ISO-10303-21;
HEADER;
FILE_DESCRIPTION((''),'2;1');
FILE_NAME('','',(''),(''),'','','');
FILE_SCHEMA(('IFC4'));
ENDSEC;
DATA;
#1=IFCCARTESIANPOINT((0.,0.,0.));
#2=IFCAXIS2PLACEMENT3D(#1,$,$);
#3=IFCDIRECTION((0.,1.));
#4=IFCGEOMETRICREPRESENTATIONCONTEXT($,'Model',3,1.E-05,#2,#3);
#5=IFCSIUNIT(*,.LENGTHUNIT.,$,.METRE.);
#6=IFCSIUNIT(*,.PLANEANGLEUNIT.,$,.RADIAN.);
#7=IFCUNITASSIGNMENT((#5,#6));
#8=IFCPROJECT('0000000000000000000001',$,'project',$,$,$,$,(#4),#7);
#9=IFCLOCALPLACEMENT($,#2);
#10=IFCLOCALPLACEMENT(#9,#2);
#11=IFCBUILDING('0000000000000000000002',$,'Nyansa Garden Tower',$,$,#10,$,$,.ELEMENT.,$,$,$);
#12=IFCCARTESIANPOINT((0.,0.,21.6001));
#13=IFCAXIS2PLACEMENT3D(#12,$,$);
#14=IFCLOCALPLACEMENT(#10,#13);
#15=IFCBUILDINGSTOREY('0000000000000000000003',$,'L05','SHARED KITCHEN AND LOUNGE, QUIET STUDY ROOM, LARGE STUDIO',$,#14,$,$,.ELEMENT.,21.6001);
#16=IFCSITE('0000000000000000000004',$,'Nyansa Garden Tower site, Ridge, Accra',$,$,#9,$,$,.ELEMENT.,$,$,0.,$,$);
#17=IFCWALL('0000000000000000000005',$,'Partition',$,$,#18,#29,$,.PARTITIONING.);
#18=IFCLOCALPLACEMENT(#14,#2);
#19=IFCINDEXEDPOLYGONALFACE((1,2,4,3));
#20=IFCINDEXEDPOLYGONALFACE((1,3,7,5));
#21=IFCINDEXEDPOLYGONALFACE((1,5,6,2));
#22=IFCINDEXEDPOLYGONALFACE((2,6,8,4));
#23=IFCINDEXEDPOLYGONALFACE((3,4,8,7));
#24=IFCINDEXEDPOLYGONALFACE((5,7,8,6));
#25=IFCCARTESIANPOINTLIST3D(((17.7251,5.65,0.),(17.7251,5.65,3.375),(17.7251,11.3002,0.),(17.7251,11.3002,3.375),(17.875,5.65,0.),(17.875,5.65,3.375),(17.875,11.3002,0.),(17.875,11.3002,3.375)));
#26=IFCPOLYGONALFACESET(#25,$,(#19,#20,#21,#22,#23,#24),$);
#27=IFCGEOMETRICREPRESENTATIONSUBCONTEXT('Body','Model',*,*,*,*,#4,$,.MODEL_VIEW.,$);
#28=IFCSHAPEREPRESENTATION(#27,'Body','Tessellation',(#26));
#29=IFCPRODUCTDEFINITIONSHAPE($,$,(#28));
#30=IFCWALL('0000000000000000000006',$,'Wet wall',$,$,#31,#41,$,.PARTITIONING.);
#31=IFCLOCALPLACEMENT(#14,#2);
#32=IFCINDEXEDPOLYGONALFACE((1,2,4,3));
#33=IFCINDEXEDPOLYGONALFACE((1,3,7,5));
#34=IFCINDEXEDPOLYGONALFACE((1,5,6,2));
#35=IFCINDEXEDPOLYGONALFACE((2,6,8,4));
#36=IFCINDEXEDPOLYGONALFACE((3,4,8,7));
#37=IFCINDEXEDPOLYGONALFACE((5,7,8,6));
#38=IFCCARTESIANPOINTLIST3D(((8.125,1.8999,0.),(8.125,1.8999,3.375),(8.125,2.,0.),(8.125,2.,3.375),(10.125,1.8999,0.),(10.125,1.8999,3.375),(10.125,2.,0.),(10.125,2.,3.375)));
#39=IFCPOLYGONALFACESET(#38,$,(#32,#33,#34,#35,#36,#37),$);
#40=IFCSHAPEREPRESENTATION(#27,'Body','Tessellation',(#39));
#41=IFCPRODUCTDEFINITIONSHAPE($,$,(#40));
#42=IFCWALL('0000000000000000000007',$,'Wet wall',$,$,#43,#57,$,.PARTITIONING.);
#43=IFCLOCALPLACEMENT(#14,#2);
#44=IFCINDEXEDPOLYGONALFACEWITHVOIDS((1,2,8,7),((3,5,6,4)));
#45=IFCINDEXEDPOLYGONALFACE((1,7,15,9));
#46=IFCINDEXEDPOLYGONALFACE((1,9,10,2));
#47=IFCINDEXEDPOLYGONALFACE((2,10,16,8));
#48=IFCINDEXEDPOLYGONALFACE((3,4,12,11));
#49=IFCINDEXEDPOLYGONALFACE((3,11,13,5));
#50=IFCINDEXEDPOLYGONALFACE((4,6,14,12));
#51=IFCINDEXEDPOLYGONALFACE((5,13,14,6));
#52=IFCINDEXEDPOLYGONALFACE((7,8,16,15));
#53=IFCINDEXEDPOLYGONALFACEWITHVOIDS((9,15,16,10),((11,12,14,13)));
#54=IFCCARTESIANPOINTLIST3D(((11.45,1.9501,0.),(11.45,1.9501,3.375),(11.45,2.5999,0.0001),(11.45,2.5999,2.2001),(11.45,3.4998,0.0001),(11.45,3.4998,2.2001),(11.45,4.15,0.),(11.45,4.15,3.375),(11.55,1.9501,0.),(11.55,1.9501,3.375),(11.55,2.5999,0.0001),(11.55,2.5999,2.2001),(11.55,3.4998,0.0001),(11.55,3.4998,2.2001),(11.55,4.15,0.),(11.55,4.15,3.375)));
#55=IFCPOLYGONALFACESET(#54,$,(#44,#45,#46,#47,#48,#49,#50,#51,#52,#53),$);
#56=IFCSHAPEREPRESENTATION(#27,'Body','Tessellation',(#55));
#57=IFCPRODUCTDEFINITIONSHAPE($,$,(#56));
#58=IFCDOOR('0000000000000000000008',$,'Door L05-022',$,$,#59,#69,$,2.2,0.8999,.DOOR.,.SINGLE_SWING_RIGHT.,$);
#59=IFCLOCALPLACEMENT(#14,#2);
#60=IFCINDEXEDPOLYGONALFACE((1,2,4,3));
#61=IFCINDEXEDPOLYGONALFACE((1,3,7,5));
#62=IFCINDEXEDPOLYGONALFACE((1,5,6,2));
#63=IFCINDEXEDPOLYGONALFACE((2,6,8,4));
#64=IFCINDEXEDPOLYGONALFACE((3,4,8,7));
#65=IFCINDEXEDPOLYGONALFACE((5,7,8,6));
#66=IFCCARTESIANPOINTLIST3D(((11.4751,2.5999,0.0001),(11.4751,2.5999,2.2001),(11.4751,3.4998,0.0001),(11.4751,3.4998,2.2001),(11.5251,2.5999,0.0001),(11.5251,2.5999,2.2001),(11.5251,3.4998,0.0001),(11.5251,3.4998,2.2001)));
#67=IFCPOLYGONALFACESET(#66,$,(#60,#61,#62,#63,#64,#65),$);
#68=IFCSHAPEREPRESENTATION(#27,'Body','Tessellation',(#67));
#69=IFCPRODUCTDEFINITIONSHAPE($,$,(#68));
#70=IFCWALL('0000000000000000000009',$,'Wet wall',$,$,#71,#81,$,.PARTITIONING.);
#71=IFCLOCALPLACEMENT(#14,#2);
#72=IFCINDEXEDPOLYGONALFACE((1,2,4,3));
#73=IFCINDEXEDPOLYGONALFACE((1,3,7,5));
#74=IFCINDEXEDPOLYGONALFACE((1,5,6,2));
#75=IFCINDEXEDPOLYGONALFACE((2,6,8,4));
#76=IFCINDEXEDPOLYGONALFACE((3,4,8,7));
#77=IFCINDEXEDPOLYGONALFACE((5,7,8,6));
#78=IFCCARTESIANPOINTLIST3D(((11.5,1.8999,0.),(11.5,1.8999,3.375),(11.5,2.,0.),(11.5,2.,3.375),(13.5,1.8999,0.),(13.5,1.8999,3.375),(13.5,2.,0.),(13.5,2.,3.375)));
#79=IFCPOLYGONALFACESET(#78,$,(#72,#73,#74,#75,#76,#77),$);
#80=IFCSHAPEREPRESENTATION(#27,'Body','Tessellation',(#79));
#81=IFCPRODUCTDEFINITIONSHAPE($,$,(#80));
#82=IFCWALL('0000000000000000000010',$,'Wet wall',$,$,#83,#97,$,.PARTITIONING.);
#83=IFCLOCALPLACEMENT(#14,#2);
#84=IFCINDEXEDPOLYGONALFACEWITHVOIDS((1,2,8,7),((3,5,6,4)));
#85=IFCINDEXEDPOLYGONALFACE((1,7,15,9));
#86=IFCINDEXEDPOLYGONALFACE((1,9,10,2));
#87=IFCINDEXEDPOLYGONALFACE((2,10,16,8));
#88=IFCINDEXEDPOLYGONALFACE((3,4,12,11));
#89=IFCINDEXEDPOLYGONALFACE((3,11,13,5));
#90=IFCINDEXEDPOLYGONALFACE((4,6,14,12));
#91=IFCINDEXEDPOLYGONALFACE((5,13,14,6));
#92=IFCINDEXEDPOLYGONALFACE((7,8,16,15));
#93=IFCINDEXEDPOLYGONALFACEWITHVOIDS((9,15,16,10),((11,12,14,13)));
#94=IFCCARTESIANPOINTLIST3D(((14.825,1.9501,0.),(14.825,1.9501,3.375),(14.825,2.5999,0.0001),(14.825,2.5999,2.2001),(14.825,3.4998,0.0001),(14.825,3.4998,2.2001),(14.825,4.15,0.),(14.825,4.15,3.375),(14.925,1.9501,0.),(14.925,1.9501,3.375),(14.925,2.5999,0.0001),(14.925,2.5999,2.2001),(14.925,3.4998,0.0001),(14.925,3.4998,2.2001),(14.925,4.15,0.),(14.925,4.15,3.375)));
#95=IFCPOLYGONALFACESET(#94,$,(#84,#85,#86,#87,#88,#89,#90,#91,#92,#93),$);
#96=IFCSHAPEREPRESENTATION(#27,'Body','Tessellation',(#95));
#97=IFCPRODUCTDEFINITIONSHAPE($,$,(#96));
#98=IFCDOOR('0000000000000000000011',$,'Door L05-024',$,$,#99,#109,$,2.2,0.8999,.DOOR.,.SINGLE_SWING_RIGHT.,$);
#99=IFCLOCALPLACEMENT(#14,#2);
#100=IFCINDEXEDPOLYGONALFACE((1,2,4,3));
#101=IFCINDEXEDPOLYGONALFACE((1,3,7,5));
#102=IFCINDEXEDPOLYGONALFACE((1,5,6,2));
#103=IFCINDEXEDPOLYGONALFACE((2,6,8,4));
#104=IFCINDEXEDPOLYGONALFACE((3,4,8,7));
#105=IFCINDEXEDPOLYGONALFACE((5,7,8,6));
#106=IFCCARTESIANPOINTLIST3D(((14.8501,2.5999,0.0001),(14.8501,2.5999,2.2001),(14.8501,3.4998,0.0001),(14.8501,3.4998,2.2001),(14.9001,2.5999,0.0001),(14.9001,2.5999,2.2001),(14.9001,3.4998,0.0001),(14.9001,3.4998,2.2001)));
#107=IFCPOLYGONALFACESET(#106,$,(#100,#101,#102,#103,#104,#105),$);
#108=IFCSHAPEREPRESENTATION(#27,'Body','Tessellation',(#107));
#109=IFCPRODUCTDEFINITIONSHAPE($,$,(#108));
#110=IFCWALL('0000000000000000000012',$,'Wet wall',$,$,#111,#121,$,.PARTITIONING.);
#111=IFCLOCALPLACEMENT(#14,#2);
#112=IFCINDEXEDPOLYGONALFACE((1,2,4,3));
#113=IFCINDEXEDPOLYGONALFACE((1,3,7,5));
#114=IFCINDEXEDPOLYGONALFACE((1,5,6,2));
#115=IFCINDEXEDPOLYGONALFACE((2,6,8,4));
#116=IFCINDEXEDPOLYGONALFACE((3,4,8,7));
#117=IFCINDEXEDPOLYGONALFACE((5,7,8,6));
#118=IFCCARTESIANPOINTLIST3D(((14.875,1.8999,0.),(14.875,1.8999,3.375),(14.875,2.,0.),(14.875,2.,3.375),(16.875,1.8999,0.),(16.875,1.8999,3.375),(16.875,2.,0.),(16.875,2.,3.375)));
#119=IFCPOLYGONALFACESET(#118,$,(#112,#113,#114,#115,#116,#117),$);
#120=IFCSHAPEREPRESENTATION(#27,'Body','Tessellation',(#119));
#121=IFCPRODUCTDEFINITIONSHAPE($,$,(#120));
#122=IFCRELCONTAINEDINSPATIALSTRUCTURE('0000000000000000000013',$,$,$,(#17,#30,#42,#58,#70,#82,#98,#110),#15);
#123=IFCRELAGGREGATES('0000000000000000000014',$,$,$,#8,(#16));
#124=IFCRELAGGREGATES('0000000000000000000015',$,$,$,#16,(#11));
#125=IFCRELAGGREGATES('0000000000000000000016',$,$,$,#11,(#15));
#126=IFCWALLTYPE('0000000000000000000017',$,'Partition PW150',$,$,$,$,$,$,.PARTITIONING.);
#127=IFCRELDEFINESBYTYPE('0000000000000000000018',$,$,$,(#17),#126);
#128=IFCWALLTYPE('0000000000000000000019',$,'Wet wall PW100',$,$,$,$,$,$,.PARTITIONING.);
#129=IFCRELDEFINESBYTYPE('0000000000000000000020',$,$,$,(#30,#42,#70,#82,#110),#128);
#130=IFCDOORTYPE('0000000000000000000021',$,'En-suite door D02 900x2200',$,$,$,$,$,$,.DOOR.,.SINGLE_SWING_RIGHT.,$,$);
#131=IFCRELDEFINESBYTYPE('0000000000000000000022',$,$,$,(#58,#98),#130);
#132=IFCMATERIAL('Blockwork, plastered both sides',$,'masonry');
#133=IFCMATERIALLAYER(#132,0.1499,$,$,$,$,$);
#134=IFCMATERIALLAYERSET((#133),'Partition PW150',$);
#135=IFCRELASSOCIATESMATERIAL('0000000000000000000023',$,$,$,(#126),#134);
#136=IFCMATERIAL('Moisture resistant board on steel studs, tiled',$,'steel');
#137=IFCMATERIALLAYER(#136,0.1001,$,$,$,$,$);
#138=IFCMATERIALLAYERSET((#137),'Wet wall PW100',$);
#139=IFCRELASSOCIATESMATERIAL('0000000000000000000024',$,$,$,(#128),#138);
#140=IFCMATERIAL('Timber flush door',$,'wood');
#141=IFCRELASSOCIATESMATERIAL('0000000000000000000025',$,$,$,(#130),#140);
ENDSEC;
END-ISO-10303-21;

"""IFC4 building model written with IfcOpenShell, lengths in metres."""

from ifc_helpers import new_model, si_unit, direction, frame, frame_2d, origin, place, context, subcontext, project, spatial, rectangle, extrude, material, layer, layer_set, type_object, element, fill, save


model = new_model("IFC4")

# Units and contexts
model_context = context("Model", 3, precision=1e-05, world=origin(), true_north=direction((0.0, 1.0)))
body_context = subcontext(model_context, "Body", "Model", "MODEL_VIEW")
ifc_project = project(units=[si_unit("LENGTHUNIT", "METRE"), si_unit("PLANEANGLEUNIT", "RADIAN")], contexts=[model_context])

# Site, building, storey
site_placement = place(None, origin())
site = spatial("IfcSite", under=ifc_project, at=site_placement, Name="Nyansa Garden Tower site, Ridge, Accra", CompositionType="ELEMENT", RefElevation=0.0)
building_placement = place(site_placement, origin())
building = spatial("IfcBuilding", under=site, at=building_placement, Name="Nyansa Garden Tower", CompositionType="ELEMENT")
storey_placement = place(building_placement, frame((0.0, 0.0, 21.6001)))
storey = spatial("IfcBuildingStorey", under=building, at=storey_placement, Name="L05", Description="SHARED KITCHEN AND LOUNGE, QUIET STUDY ROOM, LARGE STUDIO", CompositionType="ELEMENT", Elevation=21.6001)

# Walls
ifc_material_1 = material(Name="Blockwork, plastered both sides", Category="masonry")
ifc_layer_1 = layer(ifc_material_1, 0.1499)
ifc_layer_set_1 = layer_set([ifc_layer_1], Name="Partition PW150")
wall_type_1 = type_object("IfcWallType", Name="Partition PW150", PredefinedType="PARTITIONING", material=ifc_layer_set_1)
wall_1_placement = place(storey_placement, frame((17.8, 5.6499, 0.0), z_axis=(0.0, 0.0, 1.0), x_axis=(0.0, 1.0, 0.0)))
element("IfcWall", 1, at=wall_1_placement, inside=storey, type_object=wall_type_1, Name="Partition", PredefinedType="PARTITIONING", context=body_context, shape_type="SweptSolid", body=[
    extrude(rectangle(XDim=5.6501, YDim=0.1499, at=frame_2d((2.8252, 0.0))), origin(), (0.0, 0.0, 1.0), 3.375),
])
ifc_material_2 = material(Name="Moisture resistant board on steel studs, tiled", Category="steel")
ifc_layer_2 = layer(ifc_material_2, 0.1001)
ifc_layer_set_2 = layer_set([ifc_layer_2], Name="Wet wall PW100")
wall_type_2 = type_object("IfcWallType", Name="Wet wall PW100", PredefinedType="PARTITIONING", material=ifc_layer_set_2)
wall_2_placement = place(storey_placement, frame((8.125, 1.95, 0.0), z_axis=(0.0, 0.0, 1.0), x_axis=(1.0, 0.0, 0.0)))
element("IfcWall", 2, at=wall_2_placement, inside=storey, type_object=wall_type_2, Name="Wet wall", PredefinedType="PARTITIONING", context=body_context, shape_type="SweptSolid", body=[
    extrude(rectangle(XDim=2.0, YDim=0.1001, at=frame_2d((1.0, 0.0))), origin(), (0.0, 0.0, 1.0), 3.375),
])

# Wall, opening, door
wall_3_placement = place(storey_placement, frame((11.5, 1.95, 0.0), z_axis=(0.0, 0.0, 1.0), x_axis=(0.0, 1.0, 0.0)))
wall_3 = element("IfcWall", 3, at=wall_3_placement, inside=storey, type_object=wall_type_2, Name="Wet wall", PredefinedType="PARTITIONING", context=body_context, shape_type="SweptSolid", body=[
    extrude(rectangle(XDim=2.2, YDim=0.1001, at=frame_2d((1.1001, 0.0))), origin(), (0.0, 0.0, 1.0), 3.375),
])
opening_1_placement = place(wall_3_placement, frame((0.6499, 0.0, 0.0)))
opening_1 = element("IfcOpeningElement", 4, at=opening_1_placement, cuts=wall_3, PredefinedType="OPENING", context=body_context, shape_type="SweptSolid", body=[
    extrude(rectangle(XDim=0.8999, YDim=2.2, at=frame_2d((0.45, 1.1001))), frame((0.0, 0.0601, 0.0), z_axis=(0.0, -1.0, 0.0), x_axis=(1.0, 0.0, 0.0)), (0.0, 0.0, 1.0), 0.1201),
])
ifc_material_3 = material(Name="Timber flush door", Category="wood")
door_type = type_object("IfcDoorType", Name="En-suite door D02 900x2200", OperationType="SINGLE_SWING_RIGHT", PredefinedType="DOOR", material=ifc_material_3)
door_1_placement = place(opening_1_placement, origin())
door_1 = element("IfcDoor", 5, at=door_1_placement, inside=storey, type_object=door_type, Name="Door L05-022", OperationType="SINGLE_SWING_RIGHT", OverallHeight=2.2, OverallWidth=0.8999, PredefinedType="DOOR", context=body_context, shape_type="SweptSolid", body=[
    extrude(rectangle(XDim=0.8999, YDim=2.2, at=frame_2d((0.45, 1.1001))), frame((0.0, 0.0249, 0.0), z_axis=(0.0, -1.0, 0.0), x_axis=(1.0, 0.0, 0.0)), (0.0, 0.0, 1.0), 0.05),
])
fill(opening_1, door_1)

# Wall
wall_4_placement = place(storey_placement, frame((11.5, 1.95, 0.0), z_axis=(0.0, 0.0, 1.0), x_axis=(1.0, 0.0, 0.0)))
element("IfcWall", 6, at=wall_4_placement, inside=storey, type_object=wall_type_2, Name="Wet wall", PredefinedType="PARTITIONING", context=body_context, shape_type="SweptSolid", body=[
    extrude(rectangle(XDim=2.0, YDim=0.1001, at=frame_2d((1.0, 0.0))), origin(), (0.0, 0.0, 1.0), 3.375),
])

# Wall, opening, door
wall_5_placement = place(storey_placement, frame((14.875, 1.95, 0.0), z_axis=(0.0, 0.0, 1.0), x_axis=(0.0, 1.0, 0.0)))
wall_5 = element("IfcWall", 7, at=wall_5_placement, inside=storey, type_object=wall_type_2, Name="Wet wall", PredefinedType="PARTITIONING", context=body_context, shape_type="SweptSolid", body=[
    extrude(rectangle(XDim=2.2, YDim=0.1001, at=frame_2d((1.1001, 0.0))), origin(), (0.0, 0.0, 1.0), 3.375),
])
opening_2_placement = place(wall_5_placement, frame((0.6499, 0.0, 0.0)))
opening_2 = element("IfcOpeningElement", 8, at=opening_2_placement, cuts=wall_5, PredefinedType="OPENING", context=body_context, shape_type="SweptSolid", body=[
    extrude(rectangle(XDim=0.8999, YDim=2.2, at=frame_2d((0.45, 1.1001))), frame((0.0, 0.0601, 0.0), z_axis=(0.0, -1.0, 0.0), x_axis=(1.0, 0.0, 0.0)), (0.0, 0.0, 1.0), 0.1201),
])
door_2_placement = place(opening_2_placement, origin())
door_2 = element("IfcDoor", 9, at=door_2_placement, inside=storey, type_object=door_type, Name="Door L05-024", OperationType="SINGLE_SWING_RIGHT", OverallHeight=2.2, OverallWidth=0.8999, PredefinedType="DOOR", context=body_context, shape_type="SweptSolid", body=[
    extrude(rectangle(XDim=0.8999, YDim=2.2, at=frame_2d((0.45, 1.1001))), frame((0.0, 0.0249, 0.0), z_axis=(0.0, -1.0, 0.0), x_axis=(1.0, 0.0, 0.0)), (0.0, 0.0, 1.0), 0.05),
])
fill(opening_2, door_2)

# Wall
wall_6_placement = place(storey_placement, frame((14.875, 1.95, 0.0), z_axis=(0.0, 0.0, 1.0), x_axis=(1.0, 0.0, 0.0)))
element("IfcWall", 10, at=wall_6_placement, inside=storey, type_object=wall_type_2, Name="Wet wall", PredefinedType="PARTITIONING", context=body_context, shape_type="SweptSolid", body=[
    extrude(rectangle(XDim=2.0, YDim=0.1001, at=frame_2d((1.0, 0.0))), origin(), (0.0, 0.0, 1.0), 3.375),
])

save(model, "model.ifc")
